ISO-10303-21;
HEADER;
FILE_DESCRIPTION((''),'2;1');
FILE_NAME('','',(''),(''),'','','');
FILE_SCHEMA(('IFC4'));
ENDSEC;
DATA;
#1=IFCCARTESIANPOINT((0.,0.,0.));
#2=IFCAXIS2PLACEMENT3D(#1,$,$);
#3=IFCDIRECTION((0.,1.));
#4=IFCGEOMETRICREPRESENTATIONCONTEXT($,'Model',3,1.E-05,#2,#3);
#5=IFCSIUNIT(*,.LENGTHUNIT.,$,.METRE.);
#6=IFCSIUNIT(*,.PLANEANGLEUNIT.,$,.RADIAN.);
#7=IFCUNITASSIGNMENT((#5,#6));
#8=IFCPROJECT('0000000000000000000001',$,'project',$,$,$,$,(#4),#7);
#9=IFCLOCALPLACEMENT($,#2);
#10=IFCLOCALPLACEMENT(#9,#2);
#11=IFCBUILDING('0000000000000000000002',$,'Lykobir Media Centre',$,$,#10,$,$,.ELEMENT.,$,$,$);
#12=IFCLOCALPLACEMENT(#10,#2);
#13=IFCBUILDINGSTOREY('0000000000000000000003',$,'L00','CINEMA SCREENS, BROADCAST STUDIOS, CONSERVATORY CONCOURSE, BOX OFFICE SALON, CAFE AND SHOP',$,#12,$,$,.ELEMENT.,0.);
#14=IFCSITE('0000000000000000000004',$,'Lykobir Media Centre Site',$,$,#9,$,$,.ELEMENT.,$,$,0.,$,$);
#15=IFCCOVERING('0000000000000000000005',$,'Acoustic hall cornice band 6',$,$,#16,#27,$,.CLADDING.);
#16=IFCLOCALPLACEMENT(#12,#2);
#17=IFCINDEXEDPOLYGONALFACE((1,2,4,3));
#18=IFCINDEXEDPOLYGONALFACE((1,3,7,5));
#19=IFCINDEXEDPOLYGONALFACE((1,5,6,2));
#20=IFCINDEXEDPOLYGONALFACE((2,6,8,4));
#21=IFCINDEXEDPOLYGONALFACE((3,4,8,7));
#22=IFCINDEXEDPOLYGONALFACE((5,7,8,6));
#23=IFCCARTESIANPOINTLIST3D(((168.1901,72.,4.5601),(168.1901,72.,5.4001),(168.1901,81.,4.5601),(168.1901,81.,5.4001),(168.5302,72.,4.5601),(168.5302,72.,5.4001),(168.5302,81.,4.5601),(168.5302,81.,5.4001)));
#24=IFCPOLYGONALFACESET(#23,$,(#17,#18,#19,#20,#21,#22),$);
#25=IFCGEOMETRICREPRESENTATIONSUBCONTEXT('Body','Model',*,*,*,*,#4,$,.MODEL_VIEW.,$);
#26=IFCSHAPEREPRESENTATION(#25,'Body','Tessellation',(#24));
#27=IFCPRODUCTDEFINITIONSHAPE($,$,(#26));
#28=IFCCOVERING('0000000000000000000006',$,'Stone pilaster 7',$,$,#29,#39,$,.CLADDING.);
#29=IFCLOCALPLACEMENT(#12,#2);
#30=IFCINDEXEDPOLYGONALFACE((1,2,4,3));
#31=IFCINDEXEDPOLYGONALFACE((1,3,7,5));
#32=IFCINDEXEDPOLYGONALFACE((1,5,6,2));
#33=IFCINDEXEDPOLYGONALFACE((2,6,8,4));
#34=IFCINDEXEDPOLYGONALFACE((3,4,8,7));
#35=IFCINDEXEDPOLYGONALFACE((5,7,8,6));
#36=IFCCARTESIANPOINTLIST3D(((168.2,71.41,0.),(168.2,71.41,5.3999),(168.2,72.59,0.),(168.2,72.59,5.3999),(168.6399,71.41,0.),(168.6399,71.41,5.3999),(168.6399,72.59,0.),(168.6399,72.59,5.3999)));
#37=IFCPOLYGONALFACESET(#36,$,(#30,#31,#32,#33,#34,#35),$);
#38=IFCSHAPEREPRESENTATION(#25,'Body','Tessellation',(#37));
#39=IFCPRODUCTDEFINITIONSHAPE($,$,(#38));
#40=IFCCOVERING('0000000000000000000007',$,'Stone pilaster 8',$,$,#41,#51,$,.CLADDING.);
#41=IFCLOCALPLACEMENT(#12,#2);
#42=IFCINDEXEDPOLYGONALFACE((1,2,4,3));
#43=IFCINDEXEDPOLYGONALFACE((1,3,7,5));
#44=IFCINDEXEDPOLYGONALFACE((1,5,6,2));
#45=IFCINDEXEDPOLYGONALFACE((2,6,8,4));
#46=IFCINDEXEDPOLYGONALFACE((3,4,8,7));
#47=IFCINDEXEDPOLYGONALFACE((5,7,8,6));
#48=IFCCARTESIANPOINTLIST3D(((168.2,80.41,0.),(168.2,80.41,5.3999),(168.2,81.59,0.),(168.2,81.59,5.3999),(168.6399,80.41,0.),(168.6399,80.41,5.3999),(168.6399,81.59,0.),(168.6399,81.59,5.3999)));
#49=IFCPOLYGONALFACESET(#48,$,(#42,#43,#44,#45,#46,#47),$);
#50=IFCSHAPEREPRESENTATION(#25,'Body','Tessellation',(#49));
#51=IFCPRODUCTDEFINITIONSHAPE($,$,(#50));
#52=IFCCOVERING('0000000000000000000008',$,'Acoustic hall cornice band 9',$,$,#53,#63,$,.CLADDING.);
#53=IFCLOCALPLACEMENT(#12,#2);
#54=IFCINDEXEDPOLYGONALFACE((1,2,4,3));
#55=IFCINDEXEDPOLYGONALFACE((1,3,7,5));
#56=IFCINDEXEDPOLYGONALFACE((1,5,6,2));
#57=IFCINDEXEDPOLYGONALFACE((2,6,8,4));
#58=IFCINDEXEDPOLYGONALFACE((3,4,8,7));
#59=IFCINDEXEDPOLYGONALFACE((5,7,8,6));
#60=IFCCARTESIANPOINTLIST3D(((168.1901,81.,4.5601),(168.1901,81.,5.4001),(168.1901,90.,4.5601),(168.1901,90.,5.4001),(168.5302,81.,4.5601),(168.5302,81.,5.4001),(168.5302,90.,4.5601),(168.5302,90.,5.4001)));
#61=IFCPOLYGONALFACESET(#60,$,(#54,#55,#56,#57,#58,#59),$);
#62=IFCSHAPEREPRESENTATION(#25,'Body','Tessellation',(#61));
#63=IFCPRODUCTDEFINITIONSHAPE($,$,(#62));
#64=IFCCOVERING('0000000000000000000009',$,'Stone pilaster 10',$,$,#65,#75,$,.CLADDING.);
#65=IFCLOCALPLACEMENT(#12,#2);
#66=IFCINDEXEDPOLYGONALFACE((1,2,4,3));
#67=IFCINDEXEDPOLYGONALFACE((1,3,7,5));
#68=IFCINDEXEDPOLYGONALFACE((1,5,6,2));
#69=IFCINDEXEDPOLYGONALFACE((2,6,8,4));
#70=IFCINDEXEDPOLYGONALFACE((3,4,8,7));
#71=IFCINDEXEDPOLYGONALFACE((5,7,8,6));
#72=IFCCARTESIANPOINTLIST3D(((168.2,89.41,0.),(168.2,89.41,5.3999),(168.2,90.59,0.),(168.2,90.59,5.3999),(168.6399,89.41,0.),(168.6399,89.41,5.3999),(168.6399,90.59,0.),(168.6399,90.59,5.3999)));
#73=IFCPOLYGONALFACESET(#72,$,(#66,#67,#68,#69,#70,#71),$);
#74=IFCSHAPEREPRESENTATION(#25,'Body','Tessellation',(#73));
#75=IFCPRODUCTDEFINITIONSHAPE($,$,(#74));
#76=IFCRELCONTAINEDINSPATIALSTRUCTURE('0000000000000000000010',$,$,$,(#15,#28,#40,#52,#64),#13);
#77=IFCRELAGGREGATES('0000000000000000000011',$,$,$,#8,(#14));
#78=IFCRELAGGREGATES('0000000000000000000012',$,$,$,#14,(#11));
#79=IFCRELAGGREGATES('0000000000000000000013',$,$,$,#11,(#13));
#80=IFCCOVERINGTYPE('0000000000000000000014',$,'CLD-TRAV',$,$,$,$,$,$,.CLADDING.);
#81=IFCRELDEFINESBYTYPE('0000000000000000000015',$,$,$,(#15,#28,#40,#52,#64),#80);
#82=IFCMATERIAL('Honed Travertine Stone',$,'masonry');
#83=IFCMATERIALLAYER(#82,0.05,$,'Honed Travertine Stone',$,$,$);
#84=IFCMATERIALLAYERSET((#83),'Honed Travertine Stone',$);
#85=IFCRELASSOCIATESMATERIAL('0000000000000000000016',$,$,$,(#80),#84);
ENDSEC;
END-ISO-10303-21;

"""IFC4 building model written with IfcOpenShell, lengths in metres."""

from ifc_helpers import new_model, si_unit, direction, frame, origin, origin_2d, place, context, subcontext, project, spatial, rectangle, extrude, material, layer, layer_set, type_object, element, save


model = new_model("IFC4")

# Units and contexts
model_context = context("Model", 3, precision=1e-05, world=origin(), true_north=direction((0.0, 1.0)))
body_context = subcontext(model_context, "Body", "Model", "MODEL_VIEW")
ifc_project = project(units=[si_unit("LENGTHUNIT", "METRE"), si_unit("PLANEANGLEUNIT", "RADIAN")], contexts=[model_context])

# Site, building, storey
site_placement = place(None, origin())
site = spatial("IfcSite", under=ifc_project, at=site_placement, Name="Lykobir Media Centre Site", CompositionType="ELEMENT", RefElevation=0.0)
building_placement = place(site_placement, origin())
building = spatial("IfcBuilding", under=site, at=building_placement, Name="Lykobir Media Centre", CompositionType="ELEMENT")
storey_placement = place(building_placement, origin())
storey = spatial("IfcBuildingStorey", under=building, at=storey_placement, Name="L00", Description="CINEMA SCREENS, BROADCAST STUDIOS, CONSERVATORY CONCOURSE, BOX OFFICE SALON, CAFE AND SHOP", CompositionType="ELEMENT", Elevation=0.0)

# Shared definitions
ifc_material_1 = material(Name="Honed Travertine Stone", Category="masonry")

# Coverings
ifc_layer_1 = layer(ifc_material_1, 0.05, Name="Honed Travertine Stone")
ifc_layer_set_1 = layer_set([ifc_layer_1], Name="Honed Travertine Stone")
covering_type = type_object("IfcCoveringType", Name="CLD-TRAV", PredefinedType="CLADDING", material=ifc_layer_set_1)
covering_1_placement = place(storey_placement, frame((168.3601, 76.5, 4.5601), z_axis=(0.0, 0.0, 1.0), x_axis=(0.0, 1.0, 0.0)))
element("IfcCovering", 1, at=covering_1_placement, inside=storey, type_object=covering_type, Name="Acoustic hall cornice band 6", PredefinedType="CLADDING", context=body_context, shape_type="SweptSolid", body=[
    extrude(rectangle(XDim=9.0, YDim=0.3401, at=origin_2d()), origin(), (0.0, 0.0, 1.0), 0.8401),
])
for number, where, z_axis, x_axis, name in (
    (2, (168.4199, 72.0, 0.0), (0.0, 0.0, 1.0), (0.0, 1.0, 0.0), "Stone pilaster 7"),
    (3, (168.4199, 81.0, 0.0), (0.0, 0.0, 1.0), (0.0, 1.0, 0.0), "Stone pilaster 8"),
):
    element("IfcCovering", number, at=place(storey_placement, frame(where, z_axis=z_axis, x_axis=x_axis)), inside=storey, type_object=covering_type, Name=name, PredefinedType="CLADDING", context=body_context, shape_type="SweptSolid", body=[
        extrude(rectangle(XDim=1.1799, YDim=0.4399, at=origin_2d()), origin(), (0.0, 0.0, 1.0), 5.3999),
    ])
covering_2_placement = place(storey_placement, frame((168.3601, 85.5, 4.5601), z_axis=(0.0, 0.0, 1.0), x_axis=(0.0, 1.0, 0.0)))
element("IfcCovering", 4, at=covering_2_placement, inside=storey, type_object=covering_type, Name="Acoustic hall cornice band 9", PredefinedType="CLADDING", context=body_context, shape_type="SweptSolid", body=[
    extrude(rectangle(XDim=9.0, YDim=0.3401, at=origin_2d()), origin(), (0.0, 0.0, 1.0), 0.8401),
])
covering_3_placement = place(storey_placement, frame((168.4199, 90.0, 0.0), z_axis=(0.0, 0.0, 1.0), x_axis=(0.0, 1.0, 0.0)))
element("IfcCovering", 5, at=covering_3_placement, inside=storey, type_object=covering_type, Name="Stone pilaster 10", PredefinedType="CLADDING", context=body_context, shape_type="SweptSolid", body=[
    extrude(rectangle(XDim=1.1799, YDim=0.4399, at=origin_2d()), origin(), (0.0, 0.0, 1.0), 5.3999),
])

save(model, "model.ifc")
